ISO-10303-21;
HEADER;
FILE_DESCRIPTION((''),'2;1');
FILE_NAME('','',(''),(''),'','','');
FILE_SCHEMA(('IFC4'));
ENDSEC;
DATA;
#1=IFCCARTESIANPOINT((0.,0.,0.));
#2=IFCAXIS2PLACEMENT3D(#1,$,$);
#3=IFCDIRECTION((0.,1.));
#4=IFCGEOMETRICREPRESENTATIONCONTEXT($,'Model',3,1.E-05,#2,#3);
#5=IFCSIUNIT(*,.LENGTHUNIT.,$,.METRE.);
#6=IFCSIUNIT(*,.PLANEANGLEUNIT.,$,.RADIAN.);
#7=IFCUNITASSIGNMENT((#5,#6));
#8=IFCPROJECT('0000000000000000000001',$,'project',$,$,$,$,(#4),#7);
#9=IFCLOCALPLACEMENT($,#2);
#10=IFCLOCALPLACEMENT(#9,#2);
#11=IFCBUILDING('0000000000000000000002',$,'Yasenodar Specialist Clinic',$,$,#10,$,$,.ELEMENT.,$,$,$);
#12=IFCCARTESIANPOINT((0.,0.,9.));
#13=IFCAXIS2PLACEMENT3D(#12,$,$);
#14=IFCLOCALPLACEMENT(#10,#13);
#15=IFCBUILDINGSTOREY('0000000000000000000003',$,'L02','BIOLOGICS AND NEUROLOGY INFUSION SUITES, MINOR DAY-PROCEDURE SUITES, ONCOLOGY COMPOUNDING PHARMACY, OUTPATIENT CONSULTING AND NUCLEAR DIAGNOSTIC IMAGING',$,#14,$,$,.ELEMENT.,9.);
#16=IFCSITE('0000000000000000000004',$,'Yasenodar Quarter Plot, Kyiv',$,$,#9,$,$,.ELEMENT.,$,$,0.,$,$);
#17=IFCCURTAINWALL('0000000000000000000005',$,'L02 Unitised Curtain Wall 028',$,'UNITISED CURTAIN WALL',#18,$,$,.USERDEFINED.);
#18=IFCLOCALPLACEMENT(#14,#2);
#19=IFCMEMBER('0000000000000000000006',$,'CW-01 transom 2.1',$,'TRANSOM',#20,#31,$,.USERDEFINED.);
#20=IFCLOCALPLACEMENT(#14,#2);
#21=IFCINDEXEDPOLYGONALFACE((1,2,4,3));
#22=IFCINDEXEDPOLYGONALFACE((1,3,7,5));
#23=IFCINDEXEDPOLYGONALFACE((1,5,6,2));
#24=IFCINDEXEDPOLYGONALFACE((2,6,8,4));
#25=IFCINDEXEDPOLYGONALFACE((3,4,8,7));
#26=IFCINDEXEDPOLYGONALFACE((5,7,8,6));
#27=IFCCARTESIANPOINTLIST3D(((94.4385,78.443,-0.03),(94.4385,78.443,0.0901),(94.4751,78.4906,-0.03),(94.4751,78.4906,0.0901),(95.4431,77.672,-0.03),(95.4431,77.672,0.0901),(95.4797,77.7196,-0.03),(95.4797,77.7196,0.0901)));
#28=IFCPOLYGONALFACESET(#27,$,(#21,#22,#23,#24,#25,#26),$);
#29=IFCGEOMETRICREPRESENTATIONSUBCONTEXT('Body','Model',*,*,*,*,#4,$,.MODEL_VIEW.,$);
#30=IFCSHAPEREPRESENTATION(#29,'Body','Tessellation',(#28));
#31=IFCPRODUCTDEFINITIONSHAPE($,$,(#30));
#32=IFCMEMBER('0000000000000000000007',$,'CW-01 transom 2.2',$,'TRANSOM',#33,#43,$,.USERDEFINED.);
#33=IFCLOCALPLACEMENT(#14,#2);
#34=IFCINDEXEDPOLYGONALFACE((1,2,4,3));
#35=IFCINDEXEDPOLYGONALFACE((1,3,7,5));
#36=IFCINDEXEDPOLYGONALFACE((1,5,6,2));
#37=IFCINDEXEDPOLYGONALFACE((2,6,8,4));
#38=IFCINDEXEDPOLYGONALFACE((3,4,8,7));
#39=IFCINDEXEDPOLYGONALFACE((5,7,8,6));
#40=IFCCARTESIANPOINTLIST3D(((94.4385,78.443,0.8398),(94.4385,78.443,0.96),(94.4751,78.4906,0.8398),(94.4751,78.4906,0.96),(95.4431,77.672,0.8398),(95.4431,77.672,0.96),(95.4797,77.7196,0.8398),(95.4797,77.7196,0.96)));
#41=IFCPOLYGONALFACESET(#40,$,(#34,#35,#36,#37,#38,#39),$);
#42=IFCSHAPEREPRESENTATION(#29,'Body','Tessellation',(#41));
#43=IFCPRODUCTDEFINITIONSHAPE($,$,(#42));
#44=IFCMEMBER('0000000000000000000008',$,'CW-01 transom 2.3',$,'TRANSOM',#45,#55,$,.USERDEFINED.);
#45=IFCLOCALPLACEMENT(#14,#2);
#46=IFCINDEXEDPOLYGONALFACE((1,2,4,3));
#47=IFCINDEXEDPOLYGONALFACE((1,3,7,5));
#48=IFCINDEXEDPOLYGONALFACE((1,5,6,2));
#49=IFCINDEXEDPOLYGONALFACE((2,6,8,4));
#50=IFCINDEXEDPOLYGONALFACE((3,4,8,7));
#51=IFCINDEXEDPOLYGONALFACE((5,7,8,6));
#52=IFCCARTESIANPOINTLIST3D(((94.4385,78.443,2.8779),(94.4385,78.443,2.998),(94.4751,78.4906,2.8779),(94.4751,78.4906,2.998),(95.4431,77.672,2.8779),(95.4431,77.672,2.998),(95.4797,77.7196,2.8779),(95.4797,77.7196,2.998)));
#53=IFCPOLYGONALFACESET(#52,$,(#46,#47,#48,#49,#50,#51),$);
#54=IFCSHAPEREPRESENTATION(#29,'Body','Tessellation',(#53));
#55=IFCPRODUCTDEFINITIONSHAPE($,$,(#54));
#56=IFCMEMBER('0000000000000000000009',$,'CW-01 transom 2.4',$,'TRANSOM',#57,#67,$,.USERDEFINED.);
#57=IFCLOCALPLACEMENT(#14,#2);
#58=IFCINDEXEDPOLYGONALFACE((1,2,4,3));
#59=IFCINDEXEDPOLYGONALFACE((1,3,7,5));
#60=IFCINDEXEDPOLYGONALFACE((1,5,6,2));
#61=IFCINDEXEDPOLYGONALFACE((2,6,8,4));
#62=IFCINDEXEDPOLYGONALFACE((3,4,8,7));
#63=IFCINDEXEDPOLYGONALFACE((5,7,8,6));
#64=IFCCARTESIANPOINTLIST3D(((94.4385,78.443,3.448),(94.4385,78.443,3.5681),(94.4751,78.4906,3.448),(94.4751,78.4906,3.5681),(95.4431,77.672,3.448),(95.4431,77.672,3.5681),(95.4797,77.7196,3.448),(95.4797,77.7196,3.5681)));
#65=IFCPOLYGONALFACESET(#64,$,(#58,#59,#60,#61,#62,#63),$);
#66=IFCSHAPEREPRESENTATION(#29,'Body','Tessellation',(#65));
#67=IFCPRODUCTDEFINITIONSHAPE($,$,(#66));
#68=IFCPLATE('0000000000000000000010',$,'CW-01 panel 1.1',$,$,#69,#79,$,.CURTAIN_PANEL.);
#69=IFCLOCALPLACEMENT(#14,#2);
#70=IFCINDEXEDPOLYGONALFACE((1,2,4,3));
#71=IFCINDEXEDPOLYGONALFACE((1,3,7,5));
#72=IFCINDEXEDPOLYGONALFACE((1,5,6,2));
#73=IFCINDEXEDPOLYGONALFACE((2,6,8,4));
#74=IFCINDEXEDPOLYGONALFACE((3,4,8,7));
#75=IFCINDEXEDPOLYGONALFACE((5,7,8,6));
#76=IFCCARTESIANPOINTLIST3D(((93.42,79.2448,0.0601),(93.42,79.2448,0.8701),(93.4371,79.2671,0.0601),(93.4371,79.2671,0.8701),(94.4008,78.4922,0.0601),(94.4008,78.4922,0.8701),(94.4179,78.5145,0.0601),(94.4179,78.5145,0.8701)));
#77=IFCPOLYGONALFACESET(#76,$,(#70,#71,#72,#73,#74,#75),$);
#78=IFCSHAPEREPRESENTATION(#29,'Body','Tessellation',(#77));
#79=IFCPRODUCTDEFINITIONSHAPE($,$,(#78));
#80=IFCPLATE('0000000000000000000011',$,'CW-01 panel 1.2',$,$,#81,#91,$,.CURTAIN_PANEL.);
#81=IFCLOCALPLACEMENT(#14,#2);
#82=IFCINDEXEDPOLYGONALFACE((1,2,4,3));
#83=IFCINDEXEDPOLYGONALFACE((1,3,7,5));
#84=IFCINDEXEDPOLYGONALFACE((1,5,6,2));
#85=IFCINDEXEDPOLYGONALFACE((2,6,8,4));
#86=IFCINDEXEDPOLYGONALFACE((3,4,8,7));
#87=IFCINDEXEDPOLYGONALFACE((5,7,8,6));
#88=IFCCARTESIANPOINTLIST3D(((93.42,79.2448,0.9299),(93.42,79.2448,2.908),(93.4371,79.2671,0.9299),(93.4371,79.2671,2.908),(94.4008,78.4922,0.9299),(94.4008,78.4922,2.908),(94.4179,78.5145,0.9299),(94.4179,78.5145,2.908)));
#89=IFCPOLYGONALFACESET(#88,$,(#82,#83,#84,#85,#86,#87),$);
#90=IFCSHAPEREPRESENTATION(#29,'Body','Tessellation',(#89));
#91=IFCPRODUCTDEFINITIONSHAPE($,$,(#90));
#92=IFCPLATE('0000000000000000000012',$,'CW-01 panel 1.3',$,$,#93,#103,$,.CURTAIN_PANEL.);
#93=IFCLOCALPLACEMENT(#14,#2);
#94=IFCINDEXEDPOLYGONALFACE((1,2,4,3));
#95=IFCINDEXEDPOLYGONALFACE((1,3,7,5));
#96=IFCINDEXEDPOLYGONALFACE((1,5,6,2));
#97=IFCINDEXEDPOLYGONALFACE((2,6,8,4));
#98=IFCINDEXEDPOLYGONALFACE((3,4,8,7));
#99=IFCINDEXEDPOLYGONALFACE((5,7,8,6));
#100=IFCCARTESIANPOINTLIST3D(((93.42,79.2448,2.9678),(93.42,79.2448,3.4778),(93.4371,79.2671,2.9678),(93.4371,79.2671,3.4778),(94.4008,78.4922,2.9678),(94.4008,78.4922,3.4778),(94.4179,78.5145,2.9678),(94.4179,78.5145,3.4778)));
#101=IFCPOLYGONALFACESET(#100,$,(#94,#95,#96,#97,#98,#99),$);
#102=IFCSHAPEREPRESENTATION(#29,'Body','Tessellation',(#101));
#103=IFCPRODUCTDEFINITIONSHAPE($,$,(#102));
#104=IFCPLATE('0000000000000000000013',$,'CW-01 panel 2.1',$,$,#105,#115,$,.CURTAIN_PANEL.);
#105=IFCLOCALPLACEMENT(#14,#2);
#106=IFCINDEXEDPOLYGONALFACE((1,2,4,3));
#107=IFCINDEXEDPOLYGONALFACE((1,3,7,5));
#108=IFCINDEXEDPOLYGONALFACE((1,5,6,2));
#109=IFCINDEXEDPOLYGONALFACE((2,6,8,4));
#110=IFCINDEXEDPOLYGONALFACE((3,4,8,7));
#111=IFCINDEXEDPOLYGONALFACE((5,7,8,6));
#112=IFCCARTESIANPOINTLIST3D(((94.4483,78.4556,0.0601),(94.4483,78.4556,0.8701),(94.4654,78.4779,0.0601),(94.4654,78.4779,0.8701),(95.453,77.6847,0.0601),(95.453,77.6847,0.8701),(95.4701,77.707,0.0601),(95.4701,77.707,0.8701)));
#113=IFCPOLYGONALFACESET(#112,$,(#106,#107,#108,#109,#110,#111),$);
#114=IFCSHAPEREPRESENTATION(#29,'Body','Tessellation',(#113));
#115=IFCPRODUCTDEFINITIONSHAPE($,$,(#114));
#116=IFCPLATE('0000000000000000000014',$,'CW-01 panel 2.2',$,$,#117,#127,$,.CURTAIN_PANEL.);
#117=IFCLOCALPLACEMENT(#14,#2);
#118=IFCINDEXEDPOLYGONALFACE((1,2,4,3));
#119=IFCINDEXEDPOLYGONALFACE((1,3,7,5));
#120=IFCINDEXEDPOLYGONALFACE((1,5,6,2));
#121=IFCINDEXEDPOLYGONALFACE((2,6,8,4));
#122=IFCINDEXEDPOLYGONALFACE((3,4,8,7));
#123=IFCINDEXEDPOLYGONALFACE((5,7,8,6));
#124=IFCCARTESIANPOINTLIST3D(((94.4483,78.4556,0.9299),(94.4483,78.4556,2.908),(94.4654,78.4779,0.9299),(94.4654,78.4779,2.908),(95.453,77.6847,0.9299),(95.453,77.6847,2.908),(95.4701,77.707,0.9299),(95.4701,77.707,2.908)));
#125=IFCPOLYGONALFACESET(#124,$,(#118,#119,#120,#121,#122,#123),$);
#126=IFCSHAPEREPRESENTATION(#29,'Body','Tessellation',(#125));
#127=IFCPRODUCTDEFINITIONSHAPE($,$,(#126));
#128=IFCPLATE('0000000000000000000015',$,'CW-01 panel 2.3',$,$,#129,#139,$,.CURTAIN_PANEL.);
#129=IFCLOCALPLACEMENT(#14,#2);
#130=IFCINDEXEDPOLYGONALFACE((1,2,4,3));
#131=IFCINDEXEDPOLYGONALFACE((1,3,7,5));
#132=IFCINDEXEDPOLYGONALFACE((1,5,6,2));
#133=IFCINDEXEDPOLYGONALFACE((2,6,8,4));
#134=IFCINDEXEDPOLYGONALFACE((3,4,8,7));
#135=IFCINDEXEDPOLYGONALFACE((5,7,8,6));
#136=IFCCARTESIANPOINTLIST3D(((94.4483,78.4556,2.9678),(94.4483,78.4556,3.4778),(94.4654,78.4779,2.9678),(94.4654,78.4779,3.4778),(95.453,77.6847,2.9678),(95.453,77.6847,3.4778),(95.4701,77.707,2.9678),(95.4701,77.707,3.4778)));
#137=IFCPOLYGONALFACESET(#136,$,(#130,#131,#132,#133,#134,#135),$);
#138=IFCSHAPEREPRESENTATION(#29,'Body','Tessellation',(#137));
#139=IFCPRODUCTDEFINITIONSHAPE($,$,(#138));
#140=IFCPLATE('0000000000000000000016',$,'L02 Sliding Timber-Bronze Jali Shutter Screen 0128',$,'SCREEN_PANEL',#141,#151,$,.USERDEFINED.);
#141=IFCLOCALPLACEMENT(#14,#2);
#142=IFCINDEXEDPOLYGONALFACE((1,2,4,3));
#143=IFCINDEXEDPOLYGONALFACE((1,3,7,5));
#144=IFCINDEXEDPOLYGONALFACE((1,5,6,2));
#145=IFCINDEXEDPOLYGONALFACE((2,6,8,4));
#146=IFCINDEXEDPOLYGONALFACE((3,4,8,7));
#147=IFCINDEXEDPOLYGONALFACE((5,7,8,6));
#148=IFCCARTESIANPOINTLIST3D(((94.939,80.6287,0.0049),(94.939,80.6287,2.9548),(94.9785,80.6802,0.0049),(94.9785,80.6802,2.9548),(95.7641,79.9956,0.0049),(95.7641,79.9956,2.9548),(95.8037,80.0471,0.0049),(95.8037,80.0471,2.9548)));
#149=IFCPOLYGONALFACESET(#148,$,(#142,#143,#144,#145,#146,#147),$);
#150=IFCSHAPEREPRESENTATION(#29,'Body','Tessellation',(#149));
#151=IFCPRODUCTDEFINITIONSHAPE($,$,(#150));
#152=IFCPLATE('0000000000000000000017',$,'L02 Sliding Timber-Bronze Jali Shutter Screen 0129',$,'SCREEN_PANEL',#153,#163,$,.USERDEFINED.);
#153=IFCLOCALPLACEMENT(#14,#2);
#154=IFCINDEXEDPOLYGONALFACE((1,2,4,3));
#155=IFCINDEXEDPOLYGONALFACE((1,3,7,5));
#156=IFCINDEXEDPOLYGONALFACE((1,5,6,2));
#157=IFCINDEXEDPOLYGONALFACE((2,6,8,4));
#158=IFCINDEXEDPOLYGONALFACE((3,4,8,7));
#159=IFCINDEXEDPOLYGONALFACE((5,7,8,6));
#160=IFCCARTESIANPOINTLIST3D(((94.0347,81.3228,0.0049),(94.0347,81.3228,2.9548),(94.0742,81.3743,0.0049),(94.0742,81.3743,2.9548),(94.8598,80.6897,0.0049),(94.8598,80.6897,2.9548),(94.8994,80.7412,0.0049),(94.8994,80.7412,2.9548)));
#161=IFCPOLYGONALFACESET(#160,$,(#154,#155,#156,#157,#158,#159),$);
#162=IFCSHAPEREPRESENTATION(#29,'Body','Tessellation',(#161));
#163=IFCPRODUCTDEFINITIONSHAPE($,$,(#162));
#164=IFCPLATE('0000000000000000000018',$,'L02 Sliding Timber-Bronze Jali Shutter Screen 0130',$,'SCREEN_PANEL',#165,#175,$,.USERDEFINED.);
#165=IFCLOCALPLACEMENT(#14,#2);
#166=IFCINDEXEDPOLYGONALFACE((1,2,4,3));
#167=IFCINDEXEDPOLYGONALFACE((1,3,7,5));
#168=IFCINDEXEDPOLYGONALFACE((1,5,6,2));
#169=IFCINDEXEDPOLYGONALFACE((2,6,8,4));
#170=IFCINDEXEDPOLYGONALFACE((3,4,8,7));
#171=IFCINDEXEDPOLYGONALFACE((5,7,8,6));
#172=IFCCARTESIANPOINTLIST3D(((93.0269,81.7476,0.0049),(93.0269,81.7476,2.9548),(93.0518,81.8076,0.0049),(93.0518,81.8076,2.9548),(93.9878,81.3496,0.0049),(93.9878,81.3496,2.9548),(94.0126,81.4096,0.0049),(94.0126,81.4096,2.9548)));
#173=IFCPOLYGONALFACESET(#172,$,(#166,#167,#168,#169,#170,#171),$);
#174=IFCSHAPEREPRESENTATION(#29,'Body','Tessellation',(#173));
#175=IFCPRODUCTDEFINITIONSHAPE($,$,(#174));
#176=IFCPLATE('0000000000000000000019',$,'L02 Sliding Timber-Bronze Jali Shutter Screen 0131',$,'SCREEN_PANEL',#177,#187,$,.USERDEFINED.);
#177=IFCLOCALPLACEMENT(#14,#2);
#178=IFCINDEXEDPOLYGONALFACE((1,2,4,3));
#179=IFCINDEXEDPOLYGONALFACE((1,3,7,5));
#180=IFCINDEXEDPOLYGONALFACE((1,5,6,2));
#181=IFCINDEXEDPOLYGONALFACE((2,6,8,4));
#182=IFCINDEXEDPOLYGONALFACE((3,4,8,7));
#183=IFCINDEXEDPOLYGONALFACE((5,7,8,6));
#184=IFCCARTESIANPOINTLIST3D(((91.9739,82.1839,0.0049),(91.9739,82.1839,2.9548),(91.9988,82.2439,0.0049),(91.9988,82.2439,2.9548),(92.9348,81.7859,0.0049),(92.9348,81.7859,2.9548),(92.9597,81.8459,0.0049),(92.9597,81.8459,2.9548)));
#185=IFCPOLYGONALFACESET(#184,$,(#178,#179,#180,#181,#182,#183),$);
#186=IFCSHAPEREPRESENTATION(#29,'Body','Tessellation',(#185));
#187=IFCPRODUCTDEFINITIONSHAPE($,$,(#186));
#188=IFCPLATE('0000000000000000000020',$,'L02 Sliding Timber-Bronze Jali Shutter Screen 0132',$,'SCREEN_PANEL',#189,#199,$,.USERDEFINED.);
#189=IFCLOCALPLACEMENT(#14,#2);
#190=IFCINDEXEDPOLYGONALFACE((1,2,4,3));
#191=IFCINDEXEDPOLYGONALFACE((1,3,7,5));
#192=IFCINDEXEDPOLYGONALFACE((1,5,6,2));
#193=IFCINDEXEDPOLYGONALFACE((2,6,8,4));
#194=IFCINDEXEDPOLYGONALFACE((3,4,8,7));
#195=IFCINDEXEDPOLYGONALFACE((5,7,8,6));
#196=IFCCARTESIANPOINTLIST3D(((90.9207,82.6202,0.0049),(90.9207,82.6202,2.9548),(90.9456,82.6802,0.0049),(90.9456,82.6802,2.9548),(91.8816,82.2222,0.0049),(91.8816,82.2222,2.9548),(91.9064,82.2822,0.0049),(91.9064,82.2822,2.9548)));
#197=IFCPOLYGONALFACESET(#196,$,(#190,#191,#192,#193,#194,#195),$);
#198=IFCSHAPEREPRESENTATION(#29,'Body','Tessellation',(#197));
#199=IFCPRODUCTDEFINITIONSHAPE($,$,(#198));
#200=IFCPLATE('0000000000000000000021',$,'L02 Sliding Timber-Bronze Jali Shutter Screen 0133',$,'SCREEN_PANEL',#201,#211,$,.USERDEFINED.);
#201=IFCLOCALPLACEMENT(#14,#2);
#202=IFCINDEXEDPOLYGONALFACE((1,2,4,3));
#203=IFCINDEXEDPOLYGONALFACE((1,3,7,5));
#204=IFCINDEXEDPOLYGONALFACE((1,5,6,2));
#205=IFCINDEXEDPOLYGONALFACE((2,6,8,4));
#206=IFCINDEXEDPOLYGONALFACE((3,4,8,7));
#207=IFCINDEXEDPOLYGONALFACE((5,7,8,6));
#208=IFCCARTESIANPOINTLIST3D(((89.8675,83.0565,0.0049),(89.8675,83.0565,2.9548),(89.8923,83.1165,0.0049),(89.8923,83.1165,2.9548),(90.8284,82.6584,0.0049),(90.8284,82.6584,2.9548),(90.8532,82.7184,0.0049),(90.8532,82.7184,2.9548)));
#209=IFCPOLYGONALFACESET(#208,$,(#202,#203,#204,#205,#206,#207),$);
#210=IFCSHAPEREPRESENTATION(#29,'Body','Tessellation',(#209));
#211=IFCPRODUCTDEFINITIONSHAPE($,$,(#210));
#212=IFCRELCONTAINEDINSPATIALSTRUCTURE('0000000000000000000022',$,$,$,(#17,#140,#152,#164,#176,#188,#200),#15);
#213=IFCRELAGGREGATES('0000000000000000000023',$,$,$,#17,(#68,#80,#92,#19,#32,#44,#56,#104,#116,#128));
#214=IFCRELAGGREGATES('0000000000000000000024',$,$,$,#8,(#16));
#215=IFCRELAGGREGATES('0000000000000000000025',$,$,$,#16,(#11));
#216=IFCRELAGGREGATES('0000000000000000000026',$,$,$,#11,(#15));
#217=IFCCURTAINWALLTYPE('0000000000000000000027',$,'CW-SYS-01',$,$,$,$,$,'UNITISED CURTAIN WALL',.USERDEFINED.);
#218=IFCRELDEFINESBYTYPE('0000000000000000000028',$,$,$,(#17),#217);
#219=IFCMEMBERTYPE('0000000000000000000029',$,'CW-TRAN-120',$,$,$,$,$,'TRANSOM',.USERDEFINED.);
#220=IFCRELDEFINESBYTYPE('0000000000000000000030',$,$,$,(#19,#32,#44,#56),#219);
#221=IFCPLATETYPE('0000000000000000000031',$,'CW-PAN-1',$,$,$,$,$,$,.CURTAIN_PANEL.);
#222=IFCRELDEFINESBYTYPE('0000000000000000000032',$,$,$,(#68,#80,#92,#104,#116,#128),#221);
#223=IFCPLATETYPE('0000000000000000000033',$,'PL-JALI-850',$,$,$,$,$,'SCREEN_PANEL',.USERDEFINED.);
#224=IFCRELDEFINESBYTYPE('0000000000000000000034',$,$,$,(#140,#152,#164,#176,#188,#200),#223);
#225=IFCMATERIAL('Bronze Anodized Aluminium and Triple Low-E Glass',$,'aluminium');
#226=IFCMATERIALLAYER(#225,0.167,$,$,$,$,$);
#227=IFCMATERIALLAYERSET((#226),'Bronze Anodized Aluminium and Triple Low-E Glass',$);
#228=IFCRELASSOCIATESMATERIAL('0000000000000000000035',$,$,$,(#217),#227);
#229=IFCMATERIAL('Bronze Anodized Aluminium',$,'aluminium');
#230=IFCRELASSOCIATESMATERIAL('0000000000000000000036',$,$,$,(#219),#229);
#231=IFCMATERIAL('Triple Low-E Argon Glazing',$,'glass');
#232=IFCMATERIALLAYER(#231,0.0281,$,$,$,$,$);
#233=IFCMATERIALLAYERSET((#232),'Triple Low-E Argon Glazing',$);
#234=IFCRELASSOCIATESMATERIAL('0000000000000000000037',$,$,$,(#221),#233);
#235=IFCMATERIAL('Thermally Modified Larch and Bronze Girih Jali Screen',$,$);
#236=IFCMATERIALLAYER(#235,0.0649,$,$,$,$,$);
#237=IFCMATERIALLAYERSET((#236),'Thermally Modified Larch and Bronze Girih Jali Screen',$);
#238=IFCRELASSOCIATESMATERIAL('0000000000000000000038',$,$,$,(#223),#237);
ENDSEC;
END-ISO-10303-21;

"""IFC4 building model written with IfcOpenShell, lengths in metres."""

from ifc_helpers import new_model, si_unit, direction, frame, origin, origin_2d, place, context, subcontext, project, spatial, rectangle, extrude, material, layer, layer_set, material_profile, profile_set, type_object, element, aggregate, save


model = new_model("IFC4")

# Units and contexts
model_context = context("Model", 3, precision=1e-05, world=origin(), true_north=direction((0.0, 1.0)))
body_context = subcontext(model_context, "Body", "Model", "MODEL_VIEW")
ifc_project = project(units=[si_unit("LENGTHUNIT", "METRE"), si_unit("PLANEANGLEUNIT", "RADIAN")], contexts=[model_context])

# Site, building, storey
site_placement = place(None, origin())
site = spatial("IfcSite", under=ifc_project, at=site_placement, Name="Yasenodar Quarter Plot, Kyiv", CompositionType="ELEMENT", RefElevation=0.0)
building_placement = place(site_placement, origin())
building = spatial("IfcBuilding", under=site, at=building_placement, Name="Yasenodar Specialist Clinic", CompositionType="ELEMENT")
storey_placement = place(building_placement, frame((0.0, 0.0, 9.0)))
storey = spatial("IfcBuildingStorey", under=building, at=storey_placement, Name="L02", Description="BIOLOGICS AND NEUROLOGY INFUSION SUITES, MINOR DAY-PROCEDURE SUITES, ONCOLOGY COMPOUNDING PHARMACY, OUTPATIENT CONSULTING AND NUCLEAR DIAGNOSTIC IMAGING", CompositionType="ELEMENT", Elevation=9.0)

# Curtain wall, members, plates
ifc_material_1 = material(Name="Bronze Anodized Aluminium and Triple Low-E Glass", Category="aluminium")
ifc_layer_1 = layer(ifc_material_1, 0.167)
ifc_layer_set_1 = layer_set([ifc_layer_1], Name="Bronze Anodized Aluminium and Triple Low-E Glass")
curtain_wall_type = type_object("IfcCurtainWallType", Name="CW-SYS-01", ElementType="UNITISED CURTAIN WALL", PredefinedType="USERDEFINED", material=ifc_layer_set_1)
curtain_wall_placement = place(storey_placement, origin())
curtain_wall = element("IfcCurtainWall", 1, at=curtain_wall_placement, inside=storey, type_object=curtain_wall_type, Name="L02 Unitised Curtain Wall 028", ObjectType="UNITISED CURTAIN WALL", PredefinedType="USERDEFINED")
ifc_material_2 = material(Name="Bronze Anodized Aluminium", Category="aluminium")
ifc_material_profile_1 = material_profile(ifc_material_2, rectangle(XDim=0.0601, YDim=0.1201, at=origin_2d()), Name="CW-TRAN 60x120")
ifc_profile_set_1 = profile_set([ifc_material_profile_1], Name="Bronze Anodized Aluminium")
member_type_1 = type_object("IfcMemberType", Name="CW-TRAN-120", ElementType="TRANSOM", PredefinedType="USERDEFINED", material=ifc_profile_set_1)
member_1_placement = place(storey_placement, frame((94.4568, 78.4668, 0.03), z_axis=(0.793311, -0.608816, 0.0), x_axis=(0.608816, 0.793311, 0.0)))
member_1 = element("IfcMember", 2, at=member_1_placement, type_object=member_type_1, Name="CW-01 transom 2.1", ObjectType="TRANSOM", PredefinedType="USERDEFINED", context=body_context, shape_type="SweptSolid", body=[
    extrude(rectangle(XDim=0.0601, YDim=0.1201, at=origin_2d()), origin(), (0.0, 0.0, 1.0), 1.2664),
])
member_2_placement = place(storey_placement, frame((94.4568, 78.4668, 0.8999), z_axis=(0.793311, -0.608816, 0.0), x_axis=(0.608816, 0.793311, 0.0)))
member_2 = element("IfcMember", 3, at=member_2_placement, type_object=member_type_1, Name="CW-01 transom 2.2", ObjectType="TRANSOM", PredefinedType="USERDEFINED", context=body_context, shape_type="SweptSolid", body=[
    extrude(rectangle(XDim=0.0601, YDim=0.1201, at=origin_2d()), origin(), (0.0, 0.0, 1.0), 1.2664),
])
member_3_placement = place(storey_placement, frame((94.4568, 78.4668, 2.938), z_axis=(0.793311, -0.608816, 0.0), x_axis=(0.608816, 0.793311, 0.0)))
member_3 = element("IfcMember", 4, at=member_3_placement, type_object=member_type_1, Name="CW-01 transom 2.3", ObjectType="TRANSOM", PredefinedType="USERDEFINED", context=body_context, shape_type="SweptSolid", body=[
    extrude(rectangle(XDim=0.0601, YDim=0.1201, at=origin_2d()), origin(), (0.0, 0.0, 1.0), 1.2664),
])
member_4_placement = place(storey_placement, frame((94.4568, 78.4668, 3.5081), z_axis=(0.793311, -0.608816, 0.0), x_axis=(0.608816, 0.793311, 0.0)))
member_4 = element("IfcMember", 5, at=member_4_placement, type_object=member_type_1, Name="CW-01 transom 2.4", ObjectType="TRANSOM", PredefinedType="USERDEFINED", context=body_context, shape_type="SweptSolid", body=[
    extrude(rectangle(XDim=0.0601, YDim=0.1201, at=origin_2d()), origin(), (0.0, 0.0, 1.0), 1.2664),
])
ifc_material_3 = material(Name="Triple Low-E Argon Glazing", Category="glass")
ifc_layer_2 = layer(ifc_material_3, 0.0281)
ifc_layer_set_2 = layer_set([ifc_layer_2], Name="Triple Low-E Argon Glazing")
plate_type_1 = type_object("IfcPlateType", Name="CW-PAN-1", PredefinedType="CURTAIN_PANEL", material=ifc_layer_set_2)
plate_1_placement = place(storey_placement, frame((93.9189, 78.8796, 0.0601), z_axis=(0.0, 0.0, 1.0), x_axis=(0.793361, -0.608752, 0.0)))
plate_1 = element("IfcPlate", 6, at=plate_1_placement, type_object=plate_type_1, Name="CW-01 panel 1.1", PredefinedType="CURTAIN_PANEL", context=body_context, shape_type="SweptSolid", body=[
    extrude(rectangle(XDim=1.2363, YDim=0.0281, at=origin_2d()), origin(), (0.0, 0.0, 1.0), 0.8101),
])
plate_2_placement = place(storey_placement, frame((93.9189, 78.8796, 0.9299), z_axis=(0.0, 0.0, 1.0), x_axis=(0.793361, -0.608752, 0.0)))
plate_2 = element("IfcPlate", 7, at=plate_2_placement, type_object=plate_type_1, Name="CW-01 panel 1.2", PredefinedType="CURTAIN_PANEL", context=body_context, shape_type="SweptSolid", body=[
    extrude(rectangle(XDim=1.2363, YDim=0.0281, at=origin_2d()), origin(), (0.0, 0.0, 1.0), 1.978),
])
plate_3_placement = place(storey_placement, frame((93.9189, 78.8796, 2.9678), z_axis=(0.0, 0.0, 1.0), x_axis=(0.793361, -0.608752, 0.0)))
plate_3 = element("IfcPlate", 8, at=plate_3_placement, type_object=plate_type_1, Name="CW-01 panel 1.3", PredefinedType="CURTAIN_PANEL", context=body_context, shape_type="SweptSolid", body=[
    extrude(rectangle(XDim=1.2363, YDim=0.0281, at=origin_2d()), origin(), (0.0, 0.0, 1.0), 0.51),
])
plate_4_placement = place(storey_placement, frame((94.9592, 78.0813, 0.0601), z_axis=(0.0, 0.0, 1.0), x_axis=(0.793361, -0.608752, 0.0)))
plate_4 = element("IfcPlate", 9, at=plate_4_placement, type_object=plate_type_1, Name="CW-01 panel 2.1", PredefinedType="CURTAIN_PANEL", context=body_context, shape_type="SweptSolid", body=[
    extrude(rectangle(XDim=1.2664, YDim=0.0281, at=origin_2d()), origin(), (0.0, 0.0, 1.0), 0.8101),
])
plate_5_placement = place(storey_placement, frame((94.9592, 78.0813, 0.9299), z_axis=(0.0, 0.0, 1.0), x_axis=(0.793361, -0.608752, 0.0)))
plate_5 = element("IfcPlate", 10, at=plate_5_placement, type_object=plate_type_1, Name="CW-01 panel 2.2", PredefinedType="CURTAIN_PANEL", context=body_context, shape_type="SweptSolid", body=[
    extrude(rectangle(XDim=1.2664, YDim=0.0281, at=origin_2d()), origin(), (0.0, 0.0, 1.0), 1.978),
])
plate_6_placement = place(storey_placement, frame((94.9592, 78.0813, 2.9678), z_axis=(0.0, 0.0, 1.0), x_axis=(0.793361, -0.608752, 0.0)))
plate_6 = element("IfcPlate", 11, at=plate_6_placement, type_object=plate_type_1, Name="CW-01 panel 2.3", PredefinedType="CURTAIN_PANEL", context=body_context, shape_type="SweptSolid", body=[
    extrude(rectangle(XDim=1.2664, YDim=0.0281, at=origin_2d()), origin(), (0.0, 0.0, 1.0), 0.51),
])
aggregate(curtain_wall, [plate_1, plate_2, plate_3, member_1, member_2, member_3, member_4, plate_4, plate_5, plate_6])

# Plates
ifc_material_4 = material(Name="Thermally Modified Larch and Bronze Girih Jali Screen")
ifc_layer_3 = layer(ifc_material_4, 0.0649)
ifc_layer_set_3 = layer_set([ifc_layer_3], Name="Thermally Modified Larch and Bronze Girih Jali Screen")
plate_type_2 = type_object("IfcPlateType", Name="PL-JALI-850", ElementType="SCREEN_PANEL", PredefinedType="USERDEFINED", material=ifc_layer_set_3)
for number, where, z_axis, x_axis, name in (
    (12, (95.3713, 80.3379, 0.0049), (0.0, 0.0, 1.0), (-0.793351, 0.608764, 0.0), "L02 Sliding Timber-Bronze Jali Shutter Screen 0128"),
    (13, (94.467, 81.032, 0.0049), (0.0, 0.0, 1.0), (-0.793351, 0.608764, 0.0), "L02 Sliding Timber-Bronze Jali Shutter Screen 0129"),
    (14, (93.5198, 81.5786, 0.0049), (0.0, 0.0, 1.0), (-0.923878, 0.382687, 0.0), "L02 Sliding Timber-Bronze Jali Shutter Screen 0130"),
    (15, (92.4668, 82.0149, 0.0049), (0.0, 0.0, 1.0), (-0.923878, 0.382687, 0.0), "L02 Sliding Timber-Bronze Jali Shutter Screen 0131"),
    (16, (91.4136, 82.4512, 0.0049), (0.0, 0.0, 1.0), (-0.923878, 0.382687, 0.0), "L02 Sliding Timber-Bronze Jali Shutter Screen 0132"),
    (17, (90.3604, 82.8875, 0.0049), (0.0, 0.0, 1.0), (-0.923878, 0.382687, 0.0), "L02 Sliding Timber-Bronze Jali Shutter Screen 0133"),
):
    element("IfcPlate", number, at=place(storey_placement, frame(where, z_axis=z_axis, x_axis=x_axis)), inside=storey, type_object=plate_type_2, Name=name, ObjectType="SCREEN_PANEL", PredefinedType="USERDEFINED", context=body_context, shape_type="SweptSolid", body=[
        extrude(rectangle(XDim=1.04, YDim=0.0649, at=origin_2d()), origin(), (0.0, 0.0, 1.0), 2.95),
    ])

save(model, "model.ifc")
